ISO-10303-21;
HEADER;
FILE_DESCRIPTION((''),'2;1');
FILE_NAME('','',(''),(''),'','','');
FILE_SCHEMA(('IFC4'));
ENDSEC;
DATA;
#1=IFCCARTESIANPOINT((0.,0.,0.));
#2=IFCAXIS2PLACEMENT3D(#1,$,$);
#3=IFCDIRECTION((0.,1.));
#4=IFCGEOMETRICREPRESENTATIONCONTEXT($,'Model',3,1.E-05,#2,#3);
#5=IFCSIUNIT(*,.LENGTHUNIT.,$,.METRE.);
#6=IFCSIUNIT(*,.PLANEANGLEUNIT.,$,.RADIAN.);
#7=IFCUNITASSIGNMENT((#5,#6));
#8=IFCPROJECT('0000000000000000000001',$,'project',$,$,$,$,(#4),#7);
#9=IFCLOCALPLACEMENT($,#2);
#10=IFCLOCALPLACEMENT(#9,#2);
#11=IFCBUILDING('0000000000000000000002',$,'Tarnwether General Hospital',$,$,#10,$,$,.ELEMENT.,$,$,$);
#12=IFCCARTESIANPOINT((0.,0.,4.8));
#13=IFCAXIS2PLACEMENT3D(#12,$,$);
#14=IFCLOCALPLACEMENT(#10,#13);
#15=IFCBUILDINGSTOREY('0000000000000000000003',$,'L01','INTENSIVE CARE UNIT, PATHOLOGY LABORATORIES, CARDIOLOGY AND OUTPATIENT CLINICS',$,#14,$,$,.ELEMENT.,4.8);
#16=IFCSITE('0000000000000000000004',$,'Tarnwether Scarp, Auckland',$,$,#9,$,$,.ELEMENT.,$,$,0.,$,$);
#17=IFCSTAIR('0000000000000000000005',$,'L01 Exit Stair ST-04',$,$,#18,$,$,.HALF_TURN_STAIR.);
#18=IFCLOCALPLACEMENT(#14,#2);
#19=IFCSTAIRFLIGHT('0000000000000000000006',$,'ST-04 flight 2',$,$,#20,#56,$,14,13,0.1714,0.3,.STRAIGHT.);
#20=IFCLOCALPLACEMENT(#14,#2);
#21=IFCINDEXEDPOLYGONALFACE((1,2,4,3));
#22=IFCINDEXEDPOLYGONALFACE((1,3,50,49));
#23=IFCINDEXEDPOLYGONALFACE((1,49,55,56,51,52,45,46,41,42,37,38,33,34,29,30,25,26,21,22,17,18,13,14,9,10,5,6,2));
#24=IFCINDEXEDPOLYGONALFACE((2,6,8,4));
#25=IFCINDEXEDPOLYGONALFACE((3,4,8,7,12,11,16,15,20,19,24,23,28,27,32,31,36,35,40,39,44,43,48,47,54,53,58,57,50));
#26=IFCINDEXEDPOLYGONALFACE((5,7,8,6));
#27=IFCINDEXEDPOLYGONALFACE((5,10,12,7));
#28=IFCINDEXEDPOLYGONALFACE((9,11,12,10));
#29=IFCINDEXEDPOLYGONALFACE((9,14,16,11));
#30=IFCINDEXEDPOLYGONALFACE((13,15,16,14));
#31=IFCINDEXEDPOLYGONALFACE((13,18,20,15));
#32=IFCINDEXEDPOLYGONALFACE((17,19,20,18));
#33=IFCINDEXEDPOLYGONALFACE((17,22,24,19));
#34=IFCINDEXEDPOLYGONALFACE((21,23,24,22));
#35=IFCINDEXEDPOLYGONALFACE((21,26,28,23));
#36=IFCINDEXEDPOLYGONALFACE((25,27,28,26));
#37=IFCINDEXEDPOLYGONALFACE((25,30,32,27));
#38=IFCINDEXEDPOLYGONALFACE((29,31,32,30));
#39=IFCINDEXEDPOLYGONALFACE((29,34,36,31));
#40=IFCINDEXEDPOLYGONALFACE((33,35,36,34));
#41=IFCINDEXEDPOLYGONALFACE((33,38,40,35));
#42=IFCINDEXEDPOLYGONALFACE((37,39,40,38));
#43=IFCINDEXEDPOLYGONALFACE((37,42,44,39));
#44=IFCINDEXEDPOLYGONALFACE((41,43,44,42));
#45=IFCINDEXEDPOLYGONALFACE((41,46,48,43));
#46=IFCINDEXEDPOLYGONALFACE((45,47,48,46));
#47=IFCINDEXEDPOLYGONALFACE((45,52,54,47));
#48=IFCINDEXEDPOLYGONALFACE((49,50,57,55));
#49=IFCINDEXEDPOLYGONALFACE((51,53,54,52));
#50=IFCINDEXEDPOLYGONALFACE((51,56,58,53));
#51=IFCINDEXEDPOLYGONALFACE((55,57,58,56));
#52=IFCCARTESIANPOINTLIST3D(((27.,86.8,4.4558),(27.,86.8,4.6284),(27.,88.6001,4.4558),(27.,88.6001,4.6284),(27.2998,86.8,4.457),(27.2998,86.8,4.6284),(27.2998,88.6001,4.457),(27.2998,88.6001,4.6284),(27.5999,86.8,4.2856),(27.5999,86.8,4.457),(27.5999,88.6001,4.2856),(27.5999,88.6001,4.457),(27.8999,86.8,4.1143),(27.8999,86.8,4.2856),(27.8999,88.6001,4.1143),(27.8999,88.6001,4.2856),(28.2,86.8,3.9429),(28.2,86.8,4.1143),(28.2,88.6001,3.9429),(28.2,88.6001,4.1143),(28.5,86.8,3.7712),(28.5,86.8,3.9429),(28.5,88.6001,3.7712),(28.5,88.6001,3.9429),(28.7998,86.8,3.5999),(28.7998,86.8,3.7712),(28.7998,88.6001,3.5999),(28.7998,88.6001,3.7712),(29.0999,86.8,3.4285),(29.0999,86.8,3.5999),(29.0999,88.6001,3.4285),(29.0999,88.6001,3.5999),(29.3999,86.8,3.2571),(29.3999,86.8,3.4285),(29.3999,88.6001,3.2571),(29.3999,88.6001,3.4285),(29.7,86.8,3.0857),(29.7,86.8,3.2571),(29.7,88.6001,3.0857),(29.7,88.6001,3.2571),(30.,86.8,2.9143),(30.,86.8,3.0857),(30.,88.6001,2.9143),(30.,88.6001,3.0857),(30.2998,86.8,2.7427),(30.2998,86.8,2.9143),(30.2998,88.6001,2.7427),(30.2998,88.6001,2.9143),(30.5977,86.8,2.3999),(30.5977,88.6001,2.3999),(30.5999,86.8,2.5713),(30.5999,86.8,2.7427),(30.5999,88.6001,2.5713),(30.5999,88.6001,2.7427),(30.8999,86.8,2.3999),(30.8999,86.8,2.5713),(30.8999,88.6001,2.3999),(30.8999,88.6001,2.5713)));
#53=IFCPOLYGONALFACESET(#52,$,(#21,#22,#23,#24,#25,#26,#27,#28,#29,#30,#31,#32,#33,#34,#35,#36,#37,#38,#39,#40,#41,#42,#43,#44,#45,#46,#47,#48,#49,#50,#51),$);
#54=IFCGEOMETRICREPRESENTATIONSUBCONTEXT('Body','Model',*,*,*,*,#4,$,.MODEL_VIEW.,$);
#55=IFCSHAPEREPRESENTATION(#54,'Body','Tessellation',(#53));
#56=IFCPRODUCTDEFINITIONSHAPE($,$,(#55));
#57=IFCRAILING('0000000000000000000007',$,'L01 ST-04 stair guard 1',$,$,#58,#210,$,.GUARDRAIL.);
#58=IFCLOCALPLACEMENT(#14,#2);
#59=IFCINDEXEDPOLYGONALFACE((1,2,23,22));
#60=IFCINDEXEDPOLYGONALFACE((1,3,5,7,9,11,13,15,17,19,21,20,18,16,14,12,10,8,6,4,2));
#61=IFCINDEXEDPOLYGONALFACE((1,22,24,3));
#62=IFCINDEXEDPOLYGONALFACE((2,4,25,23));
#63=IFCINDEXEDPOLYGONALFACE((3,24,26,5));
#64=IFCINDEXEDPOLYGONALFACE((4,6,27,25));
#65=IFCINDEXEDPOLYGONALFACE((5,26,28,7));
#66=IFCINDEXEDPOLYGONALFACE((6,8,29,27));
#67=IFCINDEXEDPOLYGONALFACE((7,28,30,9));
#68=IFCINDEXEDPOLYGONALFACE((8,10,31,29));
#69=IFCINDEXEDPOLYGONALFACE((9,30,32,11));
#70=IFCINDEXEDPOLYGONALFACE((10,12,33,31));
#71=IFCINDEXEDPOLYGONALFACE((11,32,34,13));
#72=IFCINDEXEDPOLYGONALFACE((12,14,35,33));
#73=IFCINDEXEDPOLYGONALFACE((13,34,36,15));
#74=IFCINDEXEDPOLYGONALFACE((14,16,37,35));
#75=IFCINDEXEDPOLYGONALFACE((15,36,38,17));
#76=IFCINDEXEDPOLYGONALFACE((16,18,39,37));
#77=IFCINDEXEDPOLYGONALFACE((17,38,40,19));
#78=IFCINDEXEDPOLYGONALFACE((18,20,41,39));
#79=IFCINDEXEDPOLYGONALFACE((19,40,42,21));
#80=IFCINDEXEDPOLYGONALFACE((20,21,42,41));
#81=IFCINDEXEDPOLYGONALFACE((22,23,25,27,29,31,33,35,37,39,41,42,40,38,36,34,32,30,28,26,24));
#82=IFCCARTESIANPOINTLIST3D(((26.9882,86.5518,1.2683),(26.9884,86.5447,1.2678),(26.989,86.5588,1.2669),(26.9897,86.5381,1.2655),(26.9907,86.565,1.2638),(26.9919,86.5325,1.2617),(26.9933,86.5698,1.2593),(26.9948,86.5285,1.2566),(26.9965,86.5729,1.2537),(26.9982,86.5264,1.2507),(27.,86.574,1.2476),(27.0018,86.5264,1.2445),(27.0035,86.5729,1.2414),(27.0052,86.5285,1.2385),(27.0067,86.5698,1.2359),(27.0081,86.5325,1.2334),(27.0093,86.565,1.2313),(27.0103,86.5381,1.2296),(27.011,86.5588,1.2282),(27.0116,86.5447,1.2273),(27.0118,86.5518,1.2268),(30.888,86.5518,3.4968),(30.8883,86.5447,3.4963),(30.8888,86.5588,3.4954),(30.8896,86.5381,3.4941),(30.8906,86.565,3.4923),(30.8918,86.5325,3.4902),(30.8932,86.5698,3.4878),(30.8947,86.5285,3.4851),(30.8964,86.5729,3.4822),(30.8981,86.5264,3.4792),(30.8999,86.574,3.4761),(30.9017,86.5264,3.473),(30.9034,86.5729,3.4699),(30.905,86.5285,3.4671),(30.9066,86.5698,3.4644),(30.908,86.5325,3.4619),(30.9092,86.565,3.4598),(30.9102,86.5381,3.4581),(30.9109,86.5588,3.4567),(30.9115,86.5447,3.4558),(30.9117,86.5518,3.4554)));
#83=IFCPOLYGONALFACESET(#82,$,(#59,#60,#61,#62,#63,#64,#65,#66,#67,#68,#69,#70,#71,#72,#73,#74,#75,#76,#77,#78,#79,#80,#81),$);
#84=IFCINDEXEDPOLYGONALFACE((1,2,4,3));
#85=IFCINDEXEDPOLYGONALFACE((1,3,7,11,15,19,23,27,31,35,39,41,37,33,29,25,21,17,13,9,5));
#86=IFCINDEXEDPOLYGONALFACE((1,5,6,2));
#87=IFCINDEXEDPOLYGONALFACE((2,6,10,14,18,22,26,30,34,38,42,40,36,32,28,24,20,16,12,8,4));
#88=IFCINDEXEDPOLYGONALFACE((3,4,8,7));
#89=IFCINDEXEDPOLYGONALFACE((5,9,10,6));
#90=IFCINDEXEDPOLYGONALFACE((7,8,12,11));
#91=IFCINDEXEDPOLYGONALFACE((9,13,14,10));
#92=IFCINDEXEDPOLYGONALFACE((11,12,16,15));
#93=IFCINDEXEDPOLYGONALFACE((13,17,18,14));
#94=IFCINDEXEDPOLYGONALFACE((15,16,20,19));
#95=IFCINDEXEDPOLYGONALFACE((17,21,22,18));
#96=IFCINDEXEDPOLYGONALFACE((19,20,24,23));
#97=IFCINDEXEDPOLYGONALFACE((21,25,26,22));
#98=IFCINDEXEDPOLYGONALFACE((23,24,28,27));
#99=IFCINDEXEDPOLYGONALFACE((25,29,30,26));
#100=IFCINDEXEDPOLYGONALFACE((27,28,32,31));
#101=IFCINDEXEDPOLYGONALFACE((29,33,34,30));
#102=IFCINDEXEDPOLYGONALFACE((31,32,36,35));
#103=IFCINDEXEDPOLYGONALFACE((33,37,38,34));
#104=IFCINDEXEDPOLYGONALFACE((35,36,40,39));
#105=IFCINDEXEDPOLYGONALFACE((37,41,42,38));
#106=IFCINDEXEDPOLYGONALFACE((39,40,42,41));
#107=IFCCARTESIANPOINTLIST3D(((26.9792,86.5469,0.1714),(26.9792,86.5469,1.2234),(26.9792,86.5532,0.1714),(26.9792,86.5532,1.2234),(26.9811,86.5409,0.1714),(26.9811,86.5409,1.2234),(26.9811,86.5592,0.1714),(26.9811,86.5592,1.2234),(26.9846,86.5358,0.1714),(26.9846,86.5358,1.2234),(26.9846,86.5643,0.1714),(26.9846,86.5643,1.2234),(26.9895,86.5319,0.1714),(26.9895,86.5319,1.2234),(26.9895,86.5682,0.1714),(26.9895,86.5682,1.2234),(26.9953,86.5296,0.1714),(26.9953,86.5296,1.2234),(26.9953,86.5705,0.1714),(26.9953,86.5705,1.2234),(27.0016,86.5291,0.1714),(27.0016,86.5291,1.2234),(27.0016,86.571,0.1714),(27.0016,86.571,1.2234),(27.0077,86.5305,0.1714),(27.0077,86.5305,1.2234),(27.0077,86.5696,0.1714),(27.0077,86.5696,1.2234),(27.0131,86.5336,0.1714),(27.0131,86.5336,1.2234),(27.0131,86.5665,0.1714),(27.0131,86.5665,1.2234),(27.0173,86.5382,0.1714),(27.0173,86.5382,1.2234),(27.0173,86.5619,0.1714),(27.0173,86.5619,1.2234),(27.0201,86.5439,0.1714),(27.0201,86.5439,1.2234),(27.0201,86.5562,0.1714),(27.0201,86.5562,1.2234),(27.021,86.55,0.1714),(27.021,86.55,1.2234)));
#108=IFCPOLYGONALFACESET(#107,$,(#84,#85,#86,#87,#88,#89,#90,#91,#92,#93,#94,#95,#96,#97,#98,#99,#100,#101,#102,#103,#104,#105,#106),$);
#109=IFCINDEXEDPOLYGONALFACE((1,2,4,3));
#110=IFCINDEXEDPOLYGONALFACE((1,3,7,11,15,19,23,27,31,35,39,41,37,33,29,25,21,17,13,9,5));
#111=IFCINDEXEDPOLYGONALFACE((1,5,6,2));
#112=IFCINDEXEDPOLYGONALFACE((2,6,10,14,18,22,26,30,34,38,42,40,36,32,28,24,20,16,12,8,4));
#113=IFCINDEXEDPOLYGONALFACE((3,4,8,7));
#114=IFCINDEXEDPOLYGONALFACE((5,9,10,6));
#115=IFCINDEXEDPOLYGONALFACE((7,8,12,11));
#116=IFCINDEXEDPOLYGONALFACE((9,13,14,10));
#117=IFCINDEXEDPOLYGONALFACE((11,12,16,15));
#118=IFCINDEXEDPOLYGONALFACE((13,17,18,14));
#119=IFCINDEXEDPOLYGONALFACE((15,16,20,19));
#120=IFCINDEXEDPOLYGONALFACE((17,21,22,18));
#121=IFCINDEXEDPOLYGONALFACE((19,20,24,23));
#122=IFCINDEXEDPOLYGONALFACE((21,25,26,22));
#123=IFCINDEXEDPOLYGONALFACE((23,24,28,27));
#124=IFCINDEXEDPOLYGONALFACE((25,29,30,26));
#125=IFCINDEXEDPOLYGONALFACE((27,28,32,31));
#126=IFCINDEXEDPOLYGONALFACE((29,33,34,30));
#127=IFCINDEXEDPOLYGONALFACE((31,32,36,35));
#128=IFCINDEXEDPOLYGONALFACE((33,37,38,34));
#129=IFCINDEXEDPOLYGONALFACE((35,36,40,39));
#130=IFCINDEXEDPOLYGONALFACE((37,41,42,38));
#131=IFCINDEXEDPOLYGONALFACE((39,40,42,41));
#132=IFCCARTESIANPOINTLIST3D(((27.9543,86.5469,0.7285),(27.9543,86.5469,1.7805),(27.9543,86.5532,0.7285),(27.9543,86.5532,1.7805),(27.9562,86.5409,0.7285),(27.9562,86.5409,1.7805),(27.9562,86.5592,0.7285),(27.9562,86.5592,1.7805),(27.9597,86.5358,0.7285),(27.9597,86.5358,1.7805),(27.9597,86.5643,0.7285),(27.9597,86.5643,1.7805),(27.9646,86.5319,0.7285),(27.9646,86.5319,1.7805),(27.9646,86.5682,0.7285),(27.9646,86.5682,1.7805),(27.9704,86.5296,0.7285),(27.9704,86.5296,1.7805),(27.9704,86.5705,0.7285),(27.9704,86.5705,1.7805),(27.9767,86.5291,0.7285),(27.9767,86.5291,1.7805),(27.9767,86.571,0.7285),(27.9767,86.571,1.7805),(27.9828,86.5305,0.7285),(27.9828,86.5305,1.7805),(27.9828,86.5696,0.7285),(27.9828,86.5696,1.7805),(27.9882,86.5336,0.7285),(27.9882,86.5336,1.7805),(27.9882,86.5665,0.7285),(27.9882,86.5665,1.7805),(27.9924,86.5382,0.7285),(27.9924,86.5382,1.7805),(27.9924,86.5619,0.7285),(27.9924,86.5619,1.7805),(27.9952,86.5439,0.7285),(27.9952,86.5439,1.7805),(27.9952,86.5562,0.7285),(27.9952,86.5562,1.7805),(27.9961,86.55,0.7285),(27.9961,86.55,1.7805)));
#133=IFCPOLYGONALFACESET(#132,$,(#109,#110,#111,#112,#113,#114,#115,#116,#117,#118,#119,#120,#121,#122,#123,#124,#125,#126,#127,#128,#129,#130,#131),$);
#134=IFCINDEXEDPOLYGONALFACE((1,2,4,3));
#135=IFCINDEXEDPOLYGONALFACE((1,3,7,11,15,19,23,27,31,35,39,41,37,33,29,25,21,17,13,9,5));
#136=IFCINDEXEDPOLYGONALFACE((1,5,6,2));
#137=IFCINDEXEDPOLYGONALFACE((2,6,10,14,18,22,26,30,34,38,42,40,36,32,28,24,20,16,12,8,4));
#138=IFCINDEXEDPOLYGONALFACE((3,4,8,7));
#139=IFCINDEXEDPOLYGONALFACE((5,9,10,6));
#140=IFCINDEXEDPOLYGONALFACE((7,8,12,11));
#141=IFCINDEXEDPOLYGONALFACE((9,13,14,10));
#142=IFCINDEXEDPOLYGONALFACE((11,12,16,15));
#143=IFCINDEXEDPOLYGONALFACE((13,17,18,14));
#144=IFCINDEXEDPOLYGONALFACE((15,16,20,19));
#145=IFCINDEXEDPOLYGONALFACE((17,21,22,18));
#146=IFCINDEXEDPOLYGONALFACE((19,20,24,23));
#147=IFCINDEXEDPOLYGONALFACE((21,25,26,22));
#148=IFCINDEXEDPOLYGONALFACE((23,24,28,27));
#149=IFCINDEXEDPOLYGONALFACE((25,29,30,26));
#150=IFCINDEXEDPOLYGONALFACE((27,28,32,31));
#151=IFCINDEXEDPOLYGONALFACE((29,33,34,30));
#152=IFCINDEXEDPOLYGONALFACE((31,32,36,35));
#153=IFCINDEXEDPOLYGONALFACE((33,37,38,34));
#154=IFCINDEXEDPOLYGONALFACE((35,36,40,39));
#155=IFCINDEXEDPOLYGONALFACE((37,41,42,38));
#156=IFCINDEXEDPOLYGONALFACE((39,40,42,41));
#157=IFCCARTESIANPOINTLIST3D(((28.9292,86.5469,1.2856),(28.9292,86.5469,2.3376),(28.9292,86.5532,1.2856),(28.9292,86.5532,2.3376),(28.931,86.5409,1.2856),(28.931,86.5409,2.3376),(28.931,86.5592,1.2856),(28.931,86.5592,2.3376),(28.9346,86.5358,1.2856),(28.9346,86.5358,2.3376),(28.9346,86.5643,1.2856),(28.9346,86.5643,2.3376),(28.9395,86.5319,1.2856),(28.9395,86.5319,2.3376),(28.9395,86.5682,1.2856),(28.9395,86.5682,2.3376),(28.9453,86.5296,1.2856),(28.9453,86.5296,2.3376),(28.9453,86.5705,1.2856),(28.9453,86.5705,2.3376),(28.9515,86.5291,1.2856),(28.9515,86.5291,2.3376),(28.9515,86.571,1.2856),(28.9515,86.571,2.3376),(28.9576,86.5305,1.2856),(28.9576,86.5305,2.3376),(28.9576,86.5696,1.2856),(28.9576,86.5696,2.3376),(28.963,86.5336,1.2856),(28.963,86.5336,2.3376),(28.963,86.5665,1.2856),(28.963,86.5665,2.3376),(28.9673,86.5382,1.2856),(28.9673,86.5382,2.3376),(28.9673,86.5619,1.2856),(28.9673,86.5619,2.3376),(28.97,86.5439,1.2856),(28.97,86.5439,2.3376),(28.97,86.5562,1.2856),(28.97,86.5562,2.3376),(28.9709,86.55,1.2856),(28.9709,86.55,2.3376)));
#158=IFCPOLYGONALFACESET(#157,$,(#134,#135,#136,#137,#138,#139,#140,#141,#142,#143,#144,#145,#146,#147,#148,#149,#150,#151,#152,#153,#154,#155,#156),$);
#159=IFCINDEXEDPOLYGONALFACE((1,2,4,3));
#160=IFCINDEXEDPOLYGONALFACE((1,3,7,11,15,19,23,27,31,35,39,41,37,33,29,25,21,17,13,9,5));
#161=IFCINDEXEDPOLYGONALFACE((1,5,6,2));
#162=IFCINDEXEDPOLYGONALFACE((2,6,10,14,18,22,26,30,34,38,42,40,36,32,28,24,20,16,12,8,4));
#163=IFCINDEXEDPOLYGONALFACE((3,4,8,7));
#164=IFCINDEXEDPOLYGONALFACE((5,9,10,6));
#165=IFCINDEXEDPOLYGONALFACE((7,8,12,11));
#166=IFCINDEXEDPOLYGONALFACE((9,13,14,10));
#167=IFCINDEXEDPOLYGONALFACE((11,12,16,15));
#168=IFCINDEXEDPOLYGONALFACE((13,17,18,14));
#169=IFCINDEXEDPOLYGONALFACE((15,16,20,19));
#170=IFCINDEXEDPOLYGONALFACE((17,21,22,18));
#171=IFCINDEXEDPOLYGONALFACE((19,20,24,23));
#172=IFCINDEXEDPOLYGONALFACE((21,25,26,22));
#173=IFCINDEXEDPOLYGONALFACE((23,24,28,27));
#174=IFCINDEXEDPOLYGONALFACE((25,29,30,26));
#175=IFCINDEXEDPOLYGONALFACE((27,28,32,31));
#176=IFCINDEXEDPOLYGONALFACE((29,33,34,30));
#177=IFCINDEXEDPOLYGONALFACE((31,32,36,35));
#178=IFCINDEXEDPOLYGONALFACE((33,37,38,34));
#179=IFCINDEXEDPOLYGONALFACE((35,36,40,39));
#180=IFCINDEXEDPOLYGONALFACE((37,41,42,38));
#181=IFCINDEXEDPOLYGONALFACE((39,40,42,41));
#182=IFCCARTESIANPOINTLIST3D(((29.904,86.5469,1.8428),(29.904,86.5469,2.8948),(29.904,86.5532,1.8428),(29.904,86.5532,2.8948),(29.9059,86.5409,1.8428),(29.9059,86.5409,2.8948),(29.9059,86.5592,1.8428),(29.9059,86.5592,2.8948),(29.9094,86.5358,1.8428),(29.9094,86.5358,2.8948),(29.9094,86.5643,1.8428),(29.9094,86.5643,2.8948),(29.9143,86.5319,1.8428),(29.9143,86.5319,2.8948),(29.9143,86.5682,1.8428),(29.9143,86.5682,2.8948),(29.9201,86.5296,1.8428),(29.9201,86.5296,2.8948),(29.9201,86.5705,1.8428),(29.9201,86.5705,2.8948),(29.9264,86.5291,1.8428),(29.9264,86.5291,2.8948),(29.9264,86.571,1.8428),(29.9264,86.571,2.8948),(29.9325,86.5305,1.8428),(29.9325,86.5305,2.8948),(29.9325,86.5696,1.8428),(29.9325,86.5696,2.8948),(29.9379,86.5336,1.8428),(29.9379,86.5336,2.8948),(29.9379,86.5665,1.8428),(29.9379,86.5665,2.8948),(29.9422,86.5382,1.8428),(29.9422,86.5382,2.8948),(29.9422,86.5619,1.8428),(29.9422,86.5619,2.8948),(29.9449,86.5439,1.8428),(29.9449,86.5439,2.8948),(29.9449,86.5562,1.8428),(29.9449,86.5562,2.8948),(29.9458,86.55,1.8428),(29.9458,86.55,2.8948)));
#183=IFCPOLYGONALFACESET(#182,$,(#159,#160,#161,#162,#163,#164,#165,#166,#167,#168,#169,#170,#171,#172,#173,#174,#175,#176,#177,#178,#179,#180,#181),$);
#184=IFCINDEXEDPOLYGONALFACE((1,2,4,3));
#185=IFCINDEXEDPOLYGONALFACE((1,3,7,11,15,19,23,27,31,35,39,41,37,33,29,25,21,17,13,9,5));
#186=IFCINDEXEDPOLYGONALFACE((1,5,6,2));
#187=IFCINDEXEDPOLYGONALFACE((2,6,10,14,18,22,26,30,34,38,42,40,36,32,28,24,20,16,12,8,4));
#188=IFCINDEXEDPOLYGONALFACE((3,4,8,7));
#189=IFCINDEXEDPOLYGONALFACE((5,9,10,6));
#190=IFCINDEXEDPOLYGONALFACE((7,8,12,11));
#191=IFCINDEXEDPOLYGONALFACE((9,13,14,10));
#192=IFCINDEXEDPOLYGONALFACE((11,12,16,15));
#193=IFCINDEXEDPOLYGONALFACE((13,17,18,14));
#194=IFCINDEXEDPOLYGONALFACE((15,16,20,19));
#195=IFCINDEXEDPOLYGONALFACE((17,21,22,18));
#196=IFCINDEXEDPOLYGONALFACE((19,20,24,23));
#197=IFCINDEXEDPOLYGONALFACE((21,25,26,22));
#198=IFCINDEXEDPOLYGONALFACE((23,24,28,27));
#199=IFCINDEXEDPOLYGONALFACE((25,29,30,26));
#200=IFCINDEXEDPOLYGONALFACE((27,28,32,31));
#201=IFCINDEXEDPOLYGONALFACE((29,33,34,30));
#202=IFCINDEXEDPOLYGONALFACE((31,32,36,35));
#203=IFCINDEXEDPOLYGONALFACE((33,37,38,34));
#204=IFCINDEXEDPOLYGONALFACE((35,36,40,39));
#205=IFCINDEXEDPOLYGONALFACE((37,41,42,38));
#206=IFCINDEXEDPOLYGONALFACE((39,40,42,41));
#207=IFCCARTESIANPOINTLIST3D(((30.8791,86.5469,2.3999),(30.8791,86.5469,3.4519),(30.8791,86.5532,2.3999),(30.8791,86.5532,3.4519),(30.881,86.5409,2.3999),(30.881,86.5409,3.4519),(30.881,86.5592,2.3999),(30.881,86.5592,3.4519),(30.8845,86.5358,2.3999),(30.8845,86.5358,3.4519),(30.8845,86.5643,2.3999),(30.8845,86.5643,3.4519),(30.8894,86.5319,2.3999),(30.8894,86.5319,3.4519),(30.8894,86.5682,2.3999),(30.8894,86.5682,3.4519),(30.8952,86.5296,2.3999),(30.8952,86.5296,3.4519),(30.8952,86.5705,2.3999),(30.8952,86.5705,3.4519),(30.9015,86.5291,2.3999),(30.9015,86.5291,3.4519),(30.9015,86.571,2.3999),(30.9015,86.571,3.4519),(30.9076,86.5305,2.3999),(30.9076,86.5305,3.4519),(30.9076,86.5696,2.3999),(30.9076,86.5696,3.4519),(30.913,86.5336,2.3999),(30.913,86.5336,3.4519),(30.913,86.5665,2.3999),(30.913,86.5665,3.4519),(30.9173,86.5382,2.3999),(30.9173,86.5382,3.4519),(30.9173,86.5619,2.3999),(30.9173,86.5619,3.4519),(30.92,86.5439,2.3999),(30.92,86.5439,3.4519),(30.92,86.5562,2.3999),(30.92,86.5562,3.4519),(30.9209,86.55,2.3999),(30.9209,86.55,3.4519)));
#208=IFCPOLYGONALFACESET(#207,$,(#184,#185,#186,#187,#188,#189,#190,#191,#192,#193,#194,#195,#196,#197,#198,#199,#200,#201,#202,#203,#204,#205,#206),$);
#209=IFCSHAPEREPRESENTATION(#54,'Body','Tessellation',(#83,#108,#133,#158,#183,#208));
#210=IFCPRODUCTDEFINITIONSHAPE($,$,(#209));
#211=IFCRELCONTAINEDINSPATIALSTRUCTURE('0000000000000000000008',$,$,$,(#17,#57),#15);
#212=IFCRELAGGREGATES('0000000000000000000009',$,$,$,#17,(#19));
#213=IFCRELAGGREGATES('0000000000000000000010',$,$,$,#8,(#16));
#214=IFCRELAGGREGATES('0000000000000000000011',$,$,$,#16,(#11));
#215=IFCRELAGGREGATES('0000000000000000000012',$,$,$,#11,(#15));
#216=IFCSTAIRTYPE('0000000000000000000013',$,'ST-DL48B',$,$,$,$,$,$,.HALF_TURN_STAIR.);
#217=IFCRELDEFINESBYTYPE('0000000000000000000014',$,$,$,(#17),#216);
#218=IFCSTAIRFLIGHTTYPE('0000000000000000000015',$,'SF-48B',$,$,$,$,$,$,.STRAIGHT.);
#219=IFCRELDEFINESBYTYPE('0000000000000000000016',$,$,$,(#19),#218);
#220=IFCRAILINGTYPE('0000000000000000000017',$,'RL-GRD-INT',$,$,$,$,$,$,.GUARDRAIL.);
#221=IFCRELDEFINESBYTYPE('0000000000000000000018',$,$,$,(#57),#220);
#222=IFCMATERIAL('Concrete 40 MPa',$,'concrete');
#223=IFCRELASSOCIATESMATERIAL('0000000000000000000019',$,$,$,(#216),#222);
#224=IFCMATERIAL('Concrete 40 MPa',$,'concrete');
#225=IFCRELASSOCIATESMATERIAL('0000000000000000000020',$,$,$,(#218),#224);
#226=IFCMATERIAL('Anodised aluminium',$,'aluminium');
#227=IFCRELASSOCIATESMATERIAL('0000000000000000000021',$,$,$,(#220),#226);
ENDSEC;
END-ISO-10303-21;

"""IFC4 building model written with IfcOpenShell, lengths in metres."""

from ifc_helpers import new_model, si_unit, direction, frame, origin, origin_2d, place, context, subcontext, project, spatial, polyline, circle, outline, extrude, material, type_object, element, aggregate, save


model = new_model("IFC4")

# Units and contexts
model_context = context("Model", 3, precision=1e-05, world=origin(), true_north=direction((0.0, 1.0)))
body_context = subcontext(model_context, "Body", "Model", "MODEL_VIEW")
ifc_project = project(units=[si_unit("LENGTHUNIT", "METRE"), si_unit("PLANEANGLEUNIT", "RADIAN")], contexts=[model_context])

# Site, building, storey
site_placement = place(None, origin())
site = spatial("IfcSite", under=ifc_project, at=site_placement, Name="Tarnwether Scarp, Auckland", CompositionType="ELEMENT", RefElevation=0.0)
building_placement = place(site_placement, origin())
building = spatial("IfcBuilding", under=site, at=building_placement, Name="Tarnwether General Hospital", CompositionType="ELEMENT")
storey_placement = place(building_placement, frame((0.0, 0.0, 4.8)))
storey = spatial("IfcBuildingStorey", under=building, at=storey_placement, Name="L01", Description="INTENSIVE CARE UNIT, PATHOLOGY LABORATORIES, CARDIOLOGY AND OUTPATIENT CLINICS", CompositionType="ELEMENT", Elevation=4.8)

# Stair, stair flight
ifc_material_1 = material(Name="Concrete 40 MPa", Category="concrete")
stair_type = type_object("IfcStairType", Name="ST-DL48B", PredefinedType="HALF_TURN_STAIR", material=ifc_material_1)
stair_placement = place(storey_placement, origin())
stair = element("IfcStair", 1, at=stair_placement, inside=storey, type_object=stair_type, Name="L01 Exit Stair ST-04", PredefinedType="HALF_TURN_STAIR")
ifc_material_2 = material(Name="Concrete 40 MPa", Category="concrete")
stair_flight_type = type_object("IfcStairFlightType", Name="SF-48B", PredefinedType="STRAIGHT", material=ifc_material_2)
stair_flight_1_placement = place(storey_placement, frame((30.8999, 87.7, 2.3999), z_axis=(0.0, 0.0, 1.0), x_axis=(-1.0, 0.0, 0.0)))
stair_flight_1 = element("IfcStairFlight", 2, at=stair_flight_1_placement, type_object=stair_flight_type, Name="ST-04 flight 2", NumberOfRisers=14, NumberOfTreads=13, PredefinedType="STRAIGHT", RiserHeight=0.1714, TreadLength=0.3, context=body_context, shape_type="SweptSolid", body=[
    extrude(outline(polyline([(0.0, 0.0), (0.0, 0.1714), (0.3, 0.1714), (0.3, 0.3428), (0.6001, 0.3428), (0.6001, 0.5144), (0.8999, 0.5144), (0.8999, 0.6858), (1.2, 0.6858), (1.2, 0.8572), (1.5, 0.8572), (1.5, 1.0286), (1.8, 1.0286), (1.8, 1.2), (2.1001, 1.2), (2.1001, 1.3713), (2.3999, 1.3713), (2.3999, 1.543), (2.7, 1.543), (2.7, 1.7144), (3.0, 1.7144), (3.0, 1.8857), (3.3, 1.8857), (3.3, 2.0571), (3.6001, 2.0571), (3.6001, 2.2285), (3.8999, 2.2285), (3.8999, 2.3999), (3.8999, 2.0559), (0.3022, 0.0), (0.0, 0.0)])), frame((0.0, 0.8999, 0.0), z_axis=(0.0, -1.0, 0.0), x_axis=(1.0, 0.0, 0.0)), (0.0, 0.0, 1.0), 1.8),
])
aggregate(stair, [stair_flight_1])

# Railing
ifc_material_3 = material(Name="Anodised aluminium", Category="aluminium")
railing_type_1 = type_object("IfcRailingType", Name="RL-GRD-INT", PredefinedType="GUARDRAIL", material=ifc_material_3)
railing_1_placement = place(storey_placement, frame((27.0, 86.55, 0.1714)))
element("IfcRailing", 3, at=railing_1_placement, inside=storey, type_object=railing_type_1, Name="L01 ST-04 stair guard 1", PredefinedType="GUARDRAIL", context=body_context, shape_type="SweptSolid", body=[
    extrude(circle(Radius=0.0239, at=origin_2d()), frame((0.0, 0.0, 1.0762), z_axis=(0.868243, 0.0, 0.496139), x_axis=(0.0, 1.0, 0.0)), (0.0, 0.0, 1.0), 4.4917),
    extrude(circle(Radius=0.021, at=origin_2d()), origin(), (0.0, 0.0, 1.0), 1.052),
    extrude(circle(Radius=0.021, at=origin_2d()), frame((0.9751, 0.0, 0.5571)), (0.0, 0.0, 1.0), 1.052),
    extrude(circle(Radius=0.021, at=origin_2d()), frame((1.95, 0.0, 1.1143)), (0.0, 0.0, 1.0), 1.052),
    extrude(circle(Radius=0.021, at=origin_2d()), frame((2.9248, 0.0, 1.6714)), (0.0, 0.0, 1.0), 1.052),
    extrude(circle(Radius=0.021, at=origin_2d()), frame((3.8999, 0.0, 2.2285)), (0.0, 0.0, 1.0), 1.052),
])

save(model, "model.ifc")
